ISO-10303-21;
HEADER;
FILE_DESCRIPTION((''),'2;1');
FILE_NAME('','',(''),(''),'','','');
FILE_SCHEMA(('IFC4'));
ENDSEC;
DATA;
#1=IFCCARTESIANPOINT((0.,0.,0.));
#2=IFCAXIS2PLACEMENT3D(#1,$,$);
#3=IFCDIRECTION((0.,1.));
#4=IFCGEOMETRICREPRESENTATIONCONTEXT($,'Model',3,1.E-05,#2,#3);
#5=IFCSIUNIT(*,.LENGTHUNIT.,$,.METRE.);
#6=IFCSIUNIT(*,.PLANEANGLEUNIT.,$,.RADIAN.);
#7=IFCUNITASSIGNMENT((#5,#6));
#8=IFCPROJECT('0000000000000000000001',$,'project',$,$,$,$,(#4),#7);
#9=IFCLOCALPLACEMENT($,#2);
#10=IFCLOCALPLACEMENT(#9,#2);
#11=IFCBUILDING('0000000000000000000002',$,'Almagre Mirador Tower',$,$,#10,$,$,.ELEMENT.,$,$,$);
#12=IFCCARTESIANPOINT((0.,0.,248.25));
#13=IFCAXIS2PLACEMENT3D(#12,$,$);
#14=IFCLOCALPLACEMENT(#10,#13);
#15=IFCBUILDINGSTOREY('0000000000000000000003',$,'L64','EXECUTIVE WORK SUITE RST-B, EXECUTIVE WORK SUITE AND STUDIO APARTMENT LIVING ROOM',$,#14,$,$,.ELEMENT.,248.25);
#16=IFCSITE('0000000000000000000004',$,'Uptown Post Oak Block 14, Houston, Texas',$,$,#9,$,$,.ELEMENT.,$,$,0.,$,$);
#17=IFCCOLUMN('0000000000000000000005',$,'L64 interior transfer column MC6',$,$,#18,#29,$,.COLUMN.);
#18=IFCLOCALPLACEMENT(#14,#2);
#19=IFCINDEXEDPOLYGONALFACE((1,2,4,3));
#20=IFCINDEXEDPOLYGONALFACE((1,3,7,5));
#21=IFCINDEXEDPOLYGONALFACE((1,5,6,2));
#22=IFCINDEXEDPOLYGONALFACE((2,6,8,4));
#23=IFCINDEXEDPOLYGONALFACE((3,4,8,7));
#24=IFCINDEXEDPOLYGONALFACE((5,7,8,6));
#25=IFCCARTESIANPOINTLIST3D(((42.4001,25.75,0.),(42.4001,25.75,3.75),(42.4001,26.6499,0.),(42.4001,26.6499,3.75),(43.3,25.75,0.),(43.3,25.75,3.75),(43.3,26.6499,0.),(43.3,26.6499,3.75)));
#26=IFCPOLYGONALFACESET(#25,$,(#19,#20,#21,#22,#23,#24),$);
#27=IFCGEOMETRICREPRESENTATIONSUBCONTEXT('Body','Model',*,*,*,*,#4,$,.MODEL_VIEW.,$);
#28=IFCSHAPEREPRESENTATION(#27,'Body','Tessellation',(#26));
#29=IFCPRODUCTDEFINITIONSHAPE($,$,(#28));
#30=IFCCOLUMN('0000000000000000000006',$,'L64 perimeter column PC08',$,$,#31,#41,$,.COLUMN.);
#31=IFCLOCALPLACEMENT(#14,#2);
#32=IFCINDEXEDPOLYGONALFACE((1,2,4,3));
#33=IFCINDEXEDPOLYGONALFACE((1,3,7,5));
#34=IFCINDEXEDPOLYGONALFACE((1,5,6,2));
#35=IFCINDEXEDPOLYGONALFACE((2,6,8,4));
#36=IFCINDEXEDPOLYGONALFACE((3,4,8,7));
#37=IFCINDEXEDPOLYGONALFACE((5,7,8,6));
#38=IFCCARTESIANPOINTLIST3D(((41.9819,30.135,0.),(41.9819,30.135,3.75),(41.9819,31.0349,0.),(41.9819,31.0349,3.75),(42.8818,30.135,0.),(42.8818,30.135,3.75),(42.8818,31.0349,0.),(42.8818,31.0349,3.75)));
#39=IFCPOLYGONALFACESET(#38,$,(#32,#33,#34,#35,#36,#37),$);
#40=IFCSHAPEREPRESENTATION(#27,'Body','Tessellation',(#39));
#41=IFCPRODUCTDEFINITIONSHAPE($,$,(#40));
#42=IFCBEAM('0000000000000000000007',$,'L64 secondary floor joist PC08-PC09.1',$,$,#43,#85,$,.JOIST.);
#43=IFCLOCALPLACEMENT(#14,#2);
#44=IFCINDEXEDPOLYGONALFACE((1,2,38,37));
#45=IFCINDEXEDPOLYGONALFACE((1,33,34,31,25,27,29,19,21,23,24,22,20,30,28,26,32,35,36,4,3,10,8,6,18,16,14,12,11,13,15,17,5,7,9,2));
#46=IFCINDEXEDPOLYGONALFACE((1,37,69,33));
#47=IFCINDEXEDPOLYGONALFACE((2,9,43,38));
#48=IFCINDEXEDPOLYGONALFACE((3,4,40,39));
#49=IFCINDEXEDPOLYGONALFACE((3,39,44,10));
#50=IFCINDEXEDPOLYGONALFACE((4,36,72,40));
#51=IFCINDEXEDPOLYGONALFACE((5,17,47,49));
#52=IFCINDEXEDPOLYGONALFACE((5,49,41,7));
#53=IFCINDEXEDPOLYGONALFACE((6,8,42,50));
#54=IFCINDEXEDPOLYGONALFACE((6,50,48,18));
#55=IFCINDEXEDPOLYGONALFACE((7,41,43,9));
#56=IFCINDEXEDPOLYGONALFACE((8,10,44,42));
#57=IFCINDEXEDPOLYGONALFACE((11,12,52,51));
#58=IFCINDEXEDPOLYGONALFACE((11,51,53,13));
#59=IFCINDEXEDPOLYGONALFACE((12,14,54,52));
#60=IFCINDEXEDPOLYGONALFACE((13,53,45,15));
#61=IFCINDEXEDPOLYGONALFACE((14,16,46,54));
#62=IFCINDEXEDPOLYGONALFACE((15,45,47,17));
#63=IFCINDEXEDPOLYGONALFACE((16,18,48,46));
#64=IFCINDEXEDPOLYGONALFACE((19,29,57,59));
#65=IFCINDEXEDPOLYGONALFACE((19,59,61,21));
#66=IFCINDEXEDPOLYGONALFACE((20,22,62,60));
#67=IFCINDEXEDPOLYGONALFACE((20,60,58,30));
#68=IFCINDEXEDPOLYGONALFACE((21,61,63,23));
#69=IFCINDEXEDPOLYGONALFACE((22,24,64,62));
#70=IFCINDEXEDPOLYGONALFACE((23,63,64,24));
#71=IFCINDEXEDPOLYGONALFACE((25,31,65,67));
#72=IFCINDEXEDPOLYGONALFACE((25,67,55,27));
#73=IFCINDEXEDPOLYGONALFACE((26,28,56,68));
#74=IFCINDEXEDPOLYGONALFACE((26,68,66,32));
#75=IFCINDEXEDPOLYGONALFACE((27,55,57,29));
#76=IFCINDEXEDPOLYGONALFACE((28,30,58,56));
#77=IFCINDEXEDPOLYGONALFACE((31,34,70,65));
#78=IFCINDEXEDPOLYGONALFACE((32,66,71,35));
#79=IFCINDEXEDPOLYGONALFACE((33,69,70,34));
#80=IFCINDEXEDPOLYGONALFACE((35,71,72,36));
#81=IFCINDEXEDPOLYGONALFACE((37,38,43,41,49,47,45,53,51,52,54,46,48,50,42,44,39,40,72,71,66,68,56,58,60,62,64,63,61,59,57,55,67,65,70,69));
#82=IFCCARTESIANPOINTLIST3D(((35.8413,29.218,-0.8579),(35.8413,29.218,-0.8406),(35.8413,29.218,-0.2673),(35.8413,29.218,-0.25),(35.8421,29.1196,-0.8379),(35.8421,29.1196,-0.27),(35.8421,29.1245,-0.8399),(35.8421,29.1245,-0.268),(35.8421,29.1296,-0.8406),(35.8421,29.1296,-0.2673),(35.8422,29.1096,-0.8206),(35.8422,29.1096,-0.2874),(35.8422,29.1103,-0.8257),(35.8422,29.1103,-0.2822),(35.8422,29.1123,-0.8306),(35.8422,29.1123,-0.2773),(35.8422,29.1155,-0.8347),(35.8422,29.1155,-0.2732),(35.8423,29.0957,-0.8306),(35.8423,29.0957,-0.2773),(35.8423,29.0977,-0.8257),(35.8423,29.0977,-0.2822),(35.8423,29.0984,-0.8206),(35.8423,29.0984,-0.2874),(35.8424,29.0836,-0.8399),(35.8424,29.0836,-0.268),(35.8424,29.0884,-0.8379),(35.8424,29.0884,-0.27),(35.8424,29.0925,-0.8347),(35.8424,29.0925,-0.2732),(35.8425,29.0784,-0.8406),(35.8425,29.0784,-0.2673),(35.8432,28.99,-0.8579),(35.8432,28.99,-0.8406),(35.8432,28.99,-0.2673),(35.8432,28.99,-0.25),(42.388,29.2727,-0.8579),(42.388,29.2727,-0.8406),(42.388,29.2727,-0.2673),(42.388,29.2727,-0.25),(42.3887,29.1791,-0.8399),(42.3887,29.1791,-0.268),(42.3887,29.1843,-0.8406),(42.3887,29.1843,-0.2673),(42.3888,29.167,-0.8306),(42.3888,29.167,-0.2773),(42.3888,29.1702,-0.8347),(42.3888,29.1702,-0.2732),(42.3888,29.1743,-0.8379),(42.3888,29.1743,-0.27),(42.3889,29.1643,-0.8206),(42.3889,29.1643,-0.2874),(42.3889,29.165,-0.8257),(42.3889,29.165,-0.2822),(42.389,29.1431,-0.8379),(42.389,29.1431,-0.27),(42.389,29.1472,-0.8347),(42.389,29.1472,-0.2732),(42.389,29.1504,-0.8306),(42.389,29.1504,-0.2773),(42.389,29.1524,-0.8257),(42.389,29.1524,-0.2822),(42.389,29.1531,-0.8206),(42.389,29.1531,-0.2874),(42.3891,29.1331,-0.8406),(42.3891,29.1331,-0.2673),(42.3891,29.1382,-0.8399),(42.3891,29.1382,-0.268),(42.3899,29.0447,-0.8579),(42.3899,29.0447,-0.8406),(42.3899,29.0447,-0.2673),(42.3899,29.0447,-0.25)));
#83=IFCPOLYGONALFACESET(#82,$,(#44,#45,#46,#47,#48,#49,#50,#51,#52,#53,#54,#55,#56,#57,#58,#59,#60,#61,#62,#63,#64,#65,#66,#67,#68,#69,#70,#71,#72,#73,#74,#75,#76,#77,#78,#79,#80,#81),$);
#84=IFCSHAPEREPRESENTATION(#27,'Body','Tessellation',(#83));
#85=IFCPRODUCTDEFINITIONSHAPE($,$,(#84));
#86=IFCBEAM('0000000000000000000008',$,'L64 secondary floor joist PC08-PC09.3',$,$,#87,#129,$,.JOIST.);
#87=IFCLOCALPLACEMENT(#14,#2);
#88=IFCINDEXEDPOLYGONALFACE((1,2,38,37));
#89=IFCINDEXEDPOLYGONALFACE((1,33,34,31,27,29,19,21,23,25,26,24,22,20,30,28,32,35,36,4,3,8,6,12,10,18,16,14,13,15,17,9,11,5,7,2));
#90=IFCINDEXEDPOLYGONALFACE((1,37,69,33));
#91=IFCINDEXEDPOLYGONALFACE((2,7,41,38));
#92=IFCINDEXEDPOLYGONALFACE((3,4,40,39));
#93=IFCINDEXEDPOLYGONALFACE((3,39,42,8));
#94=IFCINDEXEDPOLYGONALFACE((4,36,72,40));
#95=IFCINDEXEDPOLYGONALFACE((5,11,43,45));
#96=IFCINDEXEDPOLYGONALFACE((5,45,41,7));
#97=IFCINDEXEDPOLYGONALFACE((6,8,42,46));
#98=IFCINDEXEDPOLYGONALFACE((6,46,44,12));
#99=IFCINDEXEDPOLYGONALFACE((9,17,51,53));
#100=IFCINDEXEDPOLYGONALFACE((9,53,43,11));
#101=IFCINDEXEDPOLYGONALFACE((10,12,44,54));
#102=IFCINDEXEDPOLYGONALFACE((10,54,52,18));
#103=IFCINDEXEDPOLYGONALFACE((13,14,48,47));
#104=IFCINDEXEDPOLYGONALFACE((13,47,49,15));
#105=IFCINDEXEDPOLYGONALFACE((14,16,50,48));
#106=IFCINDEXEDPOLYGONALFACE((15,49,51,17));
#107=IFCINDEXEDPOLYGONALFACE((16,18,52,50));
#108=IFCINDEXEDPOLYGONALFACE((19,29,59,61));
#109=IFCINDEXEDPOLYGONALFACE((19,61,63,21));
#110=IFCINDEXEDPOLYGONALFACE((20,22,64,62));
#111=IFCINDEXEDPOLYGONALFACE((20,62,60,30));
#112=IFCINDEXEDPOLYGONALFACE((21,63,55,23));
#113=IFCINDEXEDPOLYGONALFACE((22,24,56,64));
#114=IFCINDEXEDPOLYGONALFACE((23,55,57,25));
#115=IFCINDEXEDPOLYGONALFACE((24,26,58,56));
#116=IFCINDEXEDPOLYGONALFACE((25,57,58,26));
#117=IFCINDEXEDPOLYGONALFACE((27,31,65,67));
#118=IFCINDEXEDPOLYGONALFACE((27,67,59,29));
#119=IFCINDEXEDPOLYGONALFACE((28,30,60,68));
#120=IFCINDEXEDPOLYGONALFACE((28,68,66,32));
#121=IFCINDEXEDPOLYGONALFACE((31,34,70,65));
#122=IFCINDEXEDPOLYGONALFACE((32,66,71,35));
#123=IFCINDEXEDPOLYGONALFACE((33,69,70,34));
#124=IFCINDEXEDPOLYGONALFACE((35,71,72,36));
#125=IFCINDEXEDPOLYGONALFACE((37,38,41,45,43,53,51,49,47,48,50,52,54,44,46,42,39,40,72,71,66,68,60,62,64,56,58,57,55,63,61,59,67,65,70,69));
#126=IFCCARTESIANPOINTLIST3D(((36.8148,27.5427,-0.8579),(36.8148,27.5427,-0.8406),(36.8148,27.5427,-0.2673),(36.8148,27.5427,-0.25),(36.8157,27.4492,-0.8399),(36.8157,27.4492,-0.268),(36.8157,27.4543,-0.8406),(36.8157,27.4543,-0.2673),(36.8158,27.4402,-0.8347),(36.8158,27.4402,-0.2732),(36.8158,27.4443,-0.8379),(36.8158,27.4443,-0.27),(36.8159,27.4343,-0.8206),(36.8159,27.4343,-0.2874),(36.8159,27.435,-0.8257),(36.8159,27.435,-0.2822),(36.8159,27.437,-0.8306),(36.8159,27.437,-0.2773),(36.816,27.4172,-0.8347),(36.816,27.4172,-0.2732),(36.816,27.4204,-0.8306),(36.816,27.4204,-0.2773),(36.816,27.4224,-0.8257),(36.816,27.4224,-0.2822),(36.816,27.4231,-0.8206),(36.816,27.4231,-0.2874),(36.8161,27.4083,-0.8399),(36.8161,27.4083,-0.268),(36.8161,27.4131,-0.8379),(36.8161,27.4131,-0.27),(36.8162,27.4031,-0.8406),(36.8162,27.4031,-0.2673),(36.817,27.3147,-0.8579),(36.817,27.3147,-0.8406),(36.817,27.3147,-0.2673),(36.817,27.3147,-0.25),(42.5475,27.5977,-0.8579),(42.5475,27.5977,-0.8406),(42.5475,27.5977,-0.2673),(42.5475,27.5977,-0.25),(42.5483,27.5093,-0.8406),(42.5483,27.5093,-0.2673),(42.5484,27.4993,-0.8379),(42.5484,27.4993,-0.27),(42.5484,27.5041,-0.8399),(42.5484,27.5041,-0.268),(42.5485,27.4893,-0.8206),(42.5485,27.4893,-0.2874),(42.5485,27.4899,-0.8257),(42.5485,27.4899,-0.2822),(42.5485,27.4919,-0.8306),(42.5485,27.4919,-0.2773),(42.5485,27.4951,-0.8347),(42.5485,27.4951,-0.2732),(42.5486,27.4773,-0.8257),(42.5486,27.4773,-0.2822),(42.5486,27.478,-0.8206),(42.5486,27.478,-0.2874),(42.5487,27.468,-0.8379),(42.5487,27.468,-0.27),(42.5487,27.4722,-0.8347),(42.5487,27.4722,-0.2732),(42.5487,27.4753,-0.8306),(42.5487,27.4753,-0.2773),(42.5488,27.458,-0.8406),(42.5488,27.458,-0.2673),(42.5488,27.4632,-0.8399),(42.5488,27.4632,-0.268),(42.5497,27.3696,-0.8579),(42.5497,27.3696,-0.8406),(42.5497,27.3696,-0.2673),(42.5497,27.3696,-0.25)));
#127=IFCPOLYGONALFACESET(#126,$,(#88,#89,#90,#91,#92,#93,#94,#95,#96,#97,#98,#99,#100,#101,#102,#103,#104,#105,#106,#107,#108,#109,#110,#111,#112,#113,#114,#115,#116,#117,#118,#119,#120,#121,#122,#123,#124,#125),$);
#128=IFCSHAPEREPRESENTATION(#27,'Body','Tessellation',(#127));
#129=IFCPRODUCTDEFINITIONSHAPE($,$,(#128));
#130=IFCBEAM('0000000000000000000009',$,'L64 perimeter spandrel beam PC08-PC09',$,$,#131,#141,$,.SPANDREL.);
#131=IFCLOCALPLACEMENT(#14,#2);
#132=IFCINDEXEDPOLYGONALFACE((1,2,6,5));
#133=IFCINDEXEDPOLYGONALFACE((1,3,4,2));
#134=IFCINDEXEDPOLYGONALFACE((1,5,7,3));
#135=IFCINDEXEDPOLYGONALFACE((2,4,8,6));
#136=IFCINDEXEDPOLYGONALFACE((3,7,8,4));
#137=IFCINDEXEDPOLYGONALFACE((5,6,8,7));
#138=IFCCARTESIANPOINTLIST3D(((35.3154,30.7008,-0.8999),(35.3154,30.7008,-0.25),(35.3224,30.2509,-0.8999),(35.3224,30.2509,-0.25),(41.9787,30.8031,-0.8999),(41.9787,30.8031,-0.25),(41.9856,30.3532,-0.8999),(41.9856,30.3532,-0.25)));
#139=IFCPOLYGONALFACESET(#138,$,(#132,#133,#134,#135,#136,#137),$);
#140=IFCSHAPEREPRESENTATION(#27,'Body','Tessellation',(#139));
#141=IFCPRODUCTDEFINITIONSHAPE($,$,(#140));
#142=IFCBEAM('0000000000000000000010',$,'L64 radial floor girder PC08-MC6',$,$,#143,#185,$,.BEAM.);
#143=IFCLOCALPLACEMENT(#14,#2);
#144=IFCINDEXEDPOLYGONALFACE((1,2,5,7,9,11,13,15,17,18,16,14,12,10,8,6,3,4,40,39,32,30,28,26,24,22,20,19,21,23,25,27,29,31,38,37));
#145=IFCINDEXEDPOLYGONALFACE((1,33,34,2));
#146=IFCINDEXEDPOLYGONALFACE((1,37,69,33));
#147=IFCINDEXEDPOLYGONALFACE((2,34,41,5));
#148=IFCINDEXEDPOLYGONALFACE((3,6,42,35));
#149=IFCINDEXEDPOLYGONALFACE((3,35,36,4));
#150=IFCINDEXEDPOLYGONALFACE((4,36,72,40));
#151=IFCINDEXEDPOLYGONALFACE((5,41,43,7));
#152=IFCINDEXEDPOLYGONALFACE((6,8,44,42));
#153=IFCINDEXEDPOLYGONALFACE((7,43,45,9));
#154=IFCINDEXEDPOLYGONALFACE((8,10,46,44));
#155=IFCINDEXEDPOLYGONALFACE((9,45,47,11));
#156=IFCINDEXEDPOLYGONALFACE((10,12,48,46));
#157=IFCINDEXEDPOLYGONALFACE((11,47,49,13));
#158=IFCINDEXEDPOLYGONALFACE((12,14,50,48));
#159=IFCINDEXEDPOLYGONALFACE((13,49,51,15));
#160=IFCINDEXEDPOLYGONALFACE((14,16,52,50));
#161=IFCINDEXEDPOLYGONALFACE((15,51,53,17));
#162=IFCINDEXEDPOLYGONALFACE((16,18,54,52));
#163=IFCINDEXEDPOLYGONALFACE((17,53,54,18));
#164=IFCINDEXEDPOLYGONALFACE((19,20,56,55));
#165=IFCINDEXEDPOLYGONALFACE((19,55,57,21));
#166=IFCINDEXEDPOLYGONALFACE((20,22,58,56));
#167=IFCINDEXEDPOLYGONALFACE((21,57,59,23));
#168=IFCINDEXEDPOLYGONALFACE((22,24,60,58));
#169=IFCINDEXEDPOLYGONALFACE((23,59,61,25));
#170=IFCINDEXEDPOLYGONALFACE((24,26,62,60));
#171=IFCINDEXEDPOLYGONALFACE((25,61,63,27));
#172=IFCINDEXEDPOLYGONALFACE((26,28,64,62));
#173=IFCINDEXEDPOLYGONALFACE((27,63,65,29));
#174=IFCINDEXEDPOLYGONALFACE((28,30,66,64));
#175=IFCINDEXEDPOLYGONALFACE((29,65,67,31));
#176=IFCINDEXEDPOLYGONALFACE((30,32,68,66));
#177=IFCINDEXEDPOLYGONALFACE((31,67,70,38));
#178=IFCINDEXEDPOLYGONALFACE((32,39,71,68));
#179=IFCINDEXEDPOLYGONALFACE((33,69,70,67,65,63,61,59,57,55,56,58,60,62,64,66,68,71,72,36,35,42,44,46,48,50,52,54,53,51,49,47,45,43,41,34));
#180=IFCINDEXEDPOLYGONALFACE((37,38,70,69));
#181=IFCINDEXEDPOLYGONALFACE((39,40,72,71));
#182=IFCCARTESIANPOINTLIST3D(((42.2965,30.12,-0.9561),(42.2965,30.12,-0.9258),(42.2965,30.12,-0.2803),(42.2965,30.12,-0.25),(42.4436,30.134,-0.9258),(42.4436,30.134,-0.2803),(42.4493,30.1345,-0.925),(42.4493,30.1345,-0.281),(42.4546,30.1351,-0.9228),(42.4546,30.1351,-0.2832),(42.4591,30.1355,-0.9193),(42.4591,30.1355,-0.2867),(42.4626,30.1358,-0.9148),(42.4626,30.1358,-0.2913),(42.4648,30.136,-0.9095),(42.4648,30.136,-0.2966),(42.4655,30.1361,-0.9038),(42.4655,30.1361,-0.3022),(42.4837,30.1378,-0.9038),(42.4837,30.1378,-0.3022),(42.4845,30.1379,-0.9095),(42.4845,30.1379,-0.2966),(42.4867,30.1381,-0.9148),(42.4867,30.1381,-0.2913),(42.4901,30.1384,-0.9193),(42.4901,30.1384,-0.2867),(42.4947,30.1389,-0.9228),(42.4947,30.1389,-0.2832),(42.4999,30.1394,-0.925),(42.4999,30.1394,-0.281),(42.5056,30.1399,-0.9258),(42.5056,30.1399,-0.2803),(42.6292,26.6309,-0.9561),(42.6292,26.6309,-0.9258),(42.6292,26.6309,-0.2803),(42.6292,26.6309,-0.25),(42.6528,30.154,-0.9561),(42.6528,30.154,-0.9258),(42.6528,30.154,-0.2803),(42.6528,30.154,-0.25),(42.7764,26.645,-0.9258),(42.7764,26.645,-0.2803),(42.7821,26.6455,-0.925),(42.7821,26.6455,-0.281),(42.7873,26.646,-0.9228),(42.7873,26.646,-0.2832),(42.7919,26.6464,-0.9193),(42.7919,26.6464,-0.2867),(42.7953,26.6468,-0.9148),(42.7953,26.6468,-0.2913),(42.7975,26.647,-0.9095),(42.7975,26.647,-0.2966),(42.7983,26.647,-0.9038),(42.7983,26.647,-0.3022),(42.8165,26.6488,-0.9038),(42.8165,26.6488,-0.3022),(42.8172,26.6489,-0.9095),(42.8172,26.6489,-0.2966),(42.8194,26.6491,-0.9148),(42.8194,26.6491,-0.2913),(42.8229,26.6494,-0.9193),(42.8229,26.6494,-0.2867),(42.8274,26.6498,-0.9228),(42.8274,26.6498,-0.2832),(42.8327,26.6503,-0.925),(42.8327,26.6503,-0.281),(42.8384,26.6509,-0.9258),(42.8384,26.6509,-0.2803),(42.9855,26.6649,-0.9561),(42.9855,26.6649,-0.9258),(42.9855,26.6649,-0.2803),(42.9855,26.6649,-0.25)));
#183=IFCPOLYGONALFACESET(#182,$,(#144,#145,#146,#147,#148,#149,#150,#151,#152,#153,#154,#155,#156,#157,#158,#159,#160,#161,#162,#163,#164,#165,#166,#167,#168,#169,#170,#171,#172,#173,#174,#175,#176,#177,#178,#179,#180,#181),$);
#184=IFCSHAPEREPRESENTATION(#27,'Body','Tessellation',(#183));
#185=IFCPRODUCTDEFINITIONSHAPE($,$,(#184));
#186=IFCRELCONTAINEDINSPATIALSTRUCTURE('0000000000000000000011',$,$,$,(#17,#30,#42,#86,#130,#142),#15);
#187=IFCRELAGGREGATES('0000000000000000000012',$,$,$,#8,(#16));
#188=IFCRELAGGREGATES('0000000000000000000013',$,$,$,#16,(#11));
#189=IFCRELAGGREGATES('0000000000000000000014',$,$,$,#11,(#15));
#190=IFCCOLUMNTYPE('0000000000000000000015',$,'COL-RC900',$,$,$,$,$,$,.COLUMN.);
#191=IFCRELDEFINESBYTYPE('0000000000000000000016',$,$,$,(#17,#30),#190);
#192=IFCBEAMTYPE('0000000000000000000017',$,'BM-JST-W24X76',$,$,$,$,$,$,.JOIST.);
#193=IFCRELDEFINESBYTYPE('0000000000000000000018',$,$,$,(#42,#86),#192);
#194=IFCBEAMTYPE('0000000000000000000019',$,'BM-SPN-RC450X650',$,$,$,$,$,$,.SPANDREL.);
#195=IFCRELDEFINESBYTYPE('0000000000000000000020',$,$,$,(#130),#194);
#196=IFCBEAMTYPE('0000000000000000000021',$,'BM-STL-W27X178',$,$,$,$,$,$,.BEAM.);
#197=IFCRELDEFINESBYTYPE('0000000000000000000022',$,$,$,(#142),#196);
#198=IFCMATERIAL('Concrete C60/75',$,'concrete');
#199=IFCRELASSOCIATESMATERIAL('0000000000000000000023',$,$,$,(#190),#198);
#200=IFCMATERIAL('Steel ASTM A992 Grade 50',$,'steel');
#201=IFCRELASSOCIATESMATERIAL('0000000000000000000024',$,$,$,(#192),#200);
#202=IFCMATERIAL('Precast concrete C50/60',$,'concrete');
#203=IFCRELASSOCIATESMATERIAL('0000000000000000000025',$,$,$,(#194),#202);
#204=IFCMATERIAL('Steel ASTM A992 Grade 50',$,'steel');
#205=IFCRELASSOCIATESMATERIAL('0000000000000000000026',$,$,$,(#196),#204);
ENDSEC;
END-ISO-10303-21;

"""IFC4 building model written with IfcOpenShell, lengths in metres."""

from ifc_helpers import new_model, si_unit, direction, frame, origin, origin_2d, place, context, subcontext, project, spatial, rectangle, i_section, extrude, material, material_profile, profile_set, type_object, element, save


model = new_model("IFC4")

# Units and contexts
model_context = context("Model", 3, precision=1e-05, world=origin(), true_north=direction((0.0, 1.0)))
body_context = subcontext(model_context, "Body", "Model", "MODEL_VIEW")
ifc_project = project(units=[si_unit("LENGTHUNIT", "METRE"), si_unit("PLANEANGLEUNIT", "RADIAN")], contexts=[model_context])

# Site, building, storey
site_placement = place(None, origin())
site = spatial("IfcSite", under=ifc_project, at=site_placement, Name="Uptown Post Oak Block 14, Houston, Texas", CompositionType="ELEMENT", RefElevation=0.0)
building_placement = place(site_placement, origin())
building = spatial("IfcBuilding", under=site, at=building_placement, Name="Almagre Mirador Tower", CompositionType="ELEMENT")
storey_placement = place(building_placement, frame((0.0, 0.0, 248.25)))
storey = spatial("IfcBuildingStorey", under=building, at=storey_placement, Name="L64", Description="EXECUTIVE WORK SUITE RST-B, EXECUTIVE WORK SUITE AND STUDIO APARTMENT LIVING ROOM", CompositionType="ELEMENT", Elevation=248.25)

# Columns
ifc_material_1 = material(Name="Concrete C60/75", Category="concrete")
ifc_material_profile_1 = material_profile(ifc_material_1, rectangle(XDim=0.8999, YDim=0.8999, at=origin_2d()), Name="RC900X900")
ifc_profile_set_1 = profile_set([ifc_material_profile_1], Name="Concrete C60/75")
column_type = type_object("IfcColumnType", Name="COL-RC900", PredefinedType="COLUMN", material=ifc_profile_set_1)
for number, where, z_axis, x_axis, name in (
    (1, (42.8501, 26.2, 0.0), (0.0, 0.0, 1.0), (1.0, 0.0, 0.0), "L64 interior transfer column MC6"),
    (2, (42.4319, 30.585, 0.0), (0.0, 0.0, 1.0), (1.0, 0.0, 0.0), "L64 perimeter column PC08"),
):
    element("IfcColumn", number, at=place(storey_placement, frame(where, z_axis=z_axis, x_axis=x_axis)), inside=storey, type_object=column_type, Name=name, PredefinedType="COLUMN", context=body_context, shape_type="SweptSolid", body=[
        extrude(rectangle(XDim=0.8999, YDim=0.8999, at=origin_2d()), origin(), (0.0, 0.0, 1.0), 3.75),
    ])

# Beams
ifc_material_2 = material(Name="Steel ASTM A992 Grade 50", Category="steel")
ifc_material_profile_2 = material_profile(ifc_material_2, i_section(OverallWidth=0.228, OverallDepth=0.6079, WebThickness=0.0112, FlangeThickness=0.0173, FilletRadius=0.02, at=origin_2d()), Name="W24X76")
ifc_profile_set_2 = profile_set([ifc_material_profile_2], Name="Steel ASTM A992 Grade 50")
beam_type_1 = type_object("IfcBeamType", Name="BM-JST-W24X76", PredefinedType="JOIST", material=ifc_profile_set_2)
beam_1_placement = place(storey_placement, frame((42.3889, 29.1587, -0.554), z_axis=(-0.999965, -0.008353, 0.0), x_axis=(0.008353, -0.999965, 0.0)))
element("IfcBeam", 3, at=beam_1_placement, inside=storey, type_object=beam_type_1, Name="L64 secondary floor joist PC08-PC09.1", PredefinedType="JOIST", context=body_context, shape_type="SweptSolid", body=[
    extrude(i_section(OverallWidth=0.228, OverallDepth=0.6079, WebThickness=0.0112, FlangeThickness=0.0173, FilletRadius=0.02, at=origin_2d()), origin(), (0.0, 0.0, 1.0), 6.5469),
])
beam_2_placement = place(storey_placement, frame((42.5486, 27.4836, -0.554), z_axis=(-0.999954, -0.009582, 0.0), x_axis=(0.009582, -0.999954, 0.0)))
element("IfcBeam", 4, at=beam_2_placement, inside=storey, type_object=beam_type_1, Name="L64 secondary floor joist PC08-PC09.3", PredefinedType="JOIST", context=body_context, shape_type="SweptSolid", body=[
    extrude(i_section(OverallWidth=0.228, OverallDepth=0.6079, WebThickness=0.0112, FlangeThickness=0.0173, FilletRadius=0.02, at=origin_2d()), origin(), (0.0, 0.0, 1.0), 5.7329),
])
ifc_material_3 = material(Name="Precast concrete C50/60", Category="concrete")
ifc_material_profile_3 = material_profile(ifc_material_3, rectangle(XDim=0.45, YDim=0.6499, at=origin_2d()), Name="RC450X650")
ifc_profile_set_3 = profile_set([ifc_material_profile_3], Name="Precast concrete C50/60")
beam_type_2 = type_object("IfcBeamType", Name="BM-SPN-RC450X650", PredefinedType="SPANDREL", material=ifc_profile_set_3)
beam_3_placement = place(storey_placement, frame((41.9822, 30.5781, -0.575), z_axis=(-0.999882, -0.01535, 0.0), x_axis=(0.01535, -0.999882, 0.0)))
element("IfcBeam", 5, at=beam_3_placement, inside=storey, type_object=beam_type_2, Name="L64 perimeter spandrel beam PC08-PC09", PredefinedType="SPANDREL", context=body_context, shape_type="SweptSolid", body=[
    extrude(rectangle(XDim=0.45, YDim=0.6499, at=origin_2d()), origin(), (0.0, 0.0, 1.0), 6.6641),
])
ifc_material_4 = material(Name="Steel ASTM A992 Grade 50", Category="steel")
ifc_material_profile_4 = material_profile(ifc_material_4, i_section(OverallWidth=0.3579, OverallDepth=0.7061, WebThickness=0.0183, FlangeThickness=0.0303, FilletRadius=0.022, at=origin_2d()), Name="W27X178")
ifc_profile_set_4 = profile_set([ifc_material_profile_4], Name="Steel ASTM A992 Grade 50")
beam_type_3 = type_object("IfcBeamType", Name="BM-STL-W27X178", PredefinedType="BEAM", material=ifc_profile_set_4)
beam_4_placement = place(storey_placement, frame((42.4746, 30.137, -0.603), z_axis=(0.094944, -0.995483, 0.0), x_axis=(0.995483, 0.094944, 0.0)))
element("IfcBeam", 6, at=beam_4_placement, inside=storey, type_object=beam_type_3, Name="L64 radial floor girder PC08-MC6", PredefinedType="BEAM", context=body_context, shape_type="SweptSolid", body=[
    extrude(i_section(OverallWidth=0.3579, OverallDepth=0.7061, WebThickness=0.0183, FlangeThickness=0.0303, FilletRadius=0.022, at=origin_2d()), origin(), (0.0, 0.0, 1.0), 3.5049),
])

save(model, "model.ifc")
